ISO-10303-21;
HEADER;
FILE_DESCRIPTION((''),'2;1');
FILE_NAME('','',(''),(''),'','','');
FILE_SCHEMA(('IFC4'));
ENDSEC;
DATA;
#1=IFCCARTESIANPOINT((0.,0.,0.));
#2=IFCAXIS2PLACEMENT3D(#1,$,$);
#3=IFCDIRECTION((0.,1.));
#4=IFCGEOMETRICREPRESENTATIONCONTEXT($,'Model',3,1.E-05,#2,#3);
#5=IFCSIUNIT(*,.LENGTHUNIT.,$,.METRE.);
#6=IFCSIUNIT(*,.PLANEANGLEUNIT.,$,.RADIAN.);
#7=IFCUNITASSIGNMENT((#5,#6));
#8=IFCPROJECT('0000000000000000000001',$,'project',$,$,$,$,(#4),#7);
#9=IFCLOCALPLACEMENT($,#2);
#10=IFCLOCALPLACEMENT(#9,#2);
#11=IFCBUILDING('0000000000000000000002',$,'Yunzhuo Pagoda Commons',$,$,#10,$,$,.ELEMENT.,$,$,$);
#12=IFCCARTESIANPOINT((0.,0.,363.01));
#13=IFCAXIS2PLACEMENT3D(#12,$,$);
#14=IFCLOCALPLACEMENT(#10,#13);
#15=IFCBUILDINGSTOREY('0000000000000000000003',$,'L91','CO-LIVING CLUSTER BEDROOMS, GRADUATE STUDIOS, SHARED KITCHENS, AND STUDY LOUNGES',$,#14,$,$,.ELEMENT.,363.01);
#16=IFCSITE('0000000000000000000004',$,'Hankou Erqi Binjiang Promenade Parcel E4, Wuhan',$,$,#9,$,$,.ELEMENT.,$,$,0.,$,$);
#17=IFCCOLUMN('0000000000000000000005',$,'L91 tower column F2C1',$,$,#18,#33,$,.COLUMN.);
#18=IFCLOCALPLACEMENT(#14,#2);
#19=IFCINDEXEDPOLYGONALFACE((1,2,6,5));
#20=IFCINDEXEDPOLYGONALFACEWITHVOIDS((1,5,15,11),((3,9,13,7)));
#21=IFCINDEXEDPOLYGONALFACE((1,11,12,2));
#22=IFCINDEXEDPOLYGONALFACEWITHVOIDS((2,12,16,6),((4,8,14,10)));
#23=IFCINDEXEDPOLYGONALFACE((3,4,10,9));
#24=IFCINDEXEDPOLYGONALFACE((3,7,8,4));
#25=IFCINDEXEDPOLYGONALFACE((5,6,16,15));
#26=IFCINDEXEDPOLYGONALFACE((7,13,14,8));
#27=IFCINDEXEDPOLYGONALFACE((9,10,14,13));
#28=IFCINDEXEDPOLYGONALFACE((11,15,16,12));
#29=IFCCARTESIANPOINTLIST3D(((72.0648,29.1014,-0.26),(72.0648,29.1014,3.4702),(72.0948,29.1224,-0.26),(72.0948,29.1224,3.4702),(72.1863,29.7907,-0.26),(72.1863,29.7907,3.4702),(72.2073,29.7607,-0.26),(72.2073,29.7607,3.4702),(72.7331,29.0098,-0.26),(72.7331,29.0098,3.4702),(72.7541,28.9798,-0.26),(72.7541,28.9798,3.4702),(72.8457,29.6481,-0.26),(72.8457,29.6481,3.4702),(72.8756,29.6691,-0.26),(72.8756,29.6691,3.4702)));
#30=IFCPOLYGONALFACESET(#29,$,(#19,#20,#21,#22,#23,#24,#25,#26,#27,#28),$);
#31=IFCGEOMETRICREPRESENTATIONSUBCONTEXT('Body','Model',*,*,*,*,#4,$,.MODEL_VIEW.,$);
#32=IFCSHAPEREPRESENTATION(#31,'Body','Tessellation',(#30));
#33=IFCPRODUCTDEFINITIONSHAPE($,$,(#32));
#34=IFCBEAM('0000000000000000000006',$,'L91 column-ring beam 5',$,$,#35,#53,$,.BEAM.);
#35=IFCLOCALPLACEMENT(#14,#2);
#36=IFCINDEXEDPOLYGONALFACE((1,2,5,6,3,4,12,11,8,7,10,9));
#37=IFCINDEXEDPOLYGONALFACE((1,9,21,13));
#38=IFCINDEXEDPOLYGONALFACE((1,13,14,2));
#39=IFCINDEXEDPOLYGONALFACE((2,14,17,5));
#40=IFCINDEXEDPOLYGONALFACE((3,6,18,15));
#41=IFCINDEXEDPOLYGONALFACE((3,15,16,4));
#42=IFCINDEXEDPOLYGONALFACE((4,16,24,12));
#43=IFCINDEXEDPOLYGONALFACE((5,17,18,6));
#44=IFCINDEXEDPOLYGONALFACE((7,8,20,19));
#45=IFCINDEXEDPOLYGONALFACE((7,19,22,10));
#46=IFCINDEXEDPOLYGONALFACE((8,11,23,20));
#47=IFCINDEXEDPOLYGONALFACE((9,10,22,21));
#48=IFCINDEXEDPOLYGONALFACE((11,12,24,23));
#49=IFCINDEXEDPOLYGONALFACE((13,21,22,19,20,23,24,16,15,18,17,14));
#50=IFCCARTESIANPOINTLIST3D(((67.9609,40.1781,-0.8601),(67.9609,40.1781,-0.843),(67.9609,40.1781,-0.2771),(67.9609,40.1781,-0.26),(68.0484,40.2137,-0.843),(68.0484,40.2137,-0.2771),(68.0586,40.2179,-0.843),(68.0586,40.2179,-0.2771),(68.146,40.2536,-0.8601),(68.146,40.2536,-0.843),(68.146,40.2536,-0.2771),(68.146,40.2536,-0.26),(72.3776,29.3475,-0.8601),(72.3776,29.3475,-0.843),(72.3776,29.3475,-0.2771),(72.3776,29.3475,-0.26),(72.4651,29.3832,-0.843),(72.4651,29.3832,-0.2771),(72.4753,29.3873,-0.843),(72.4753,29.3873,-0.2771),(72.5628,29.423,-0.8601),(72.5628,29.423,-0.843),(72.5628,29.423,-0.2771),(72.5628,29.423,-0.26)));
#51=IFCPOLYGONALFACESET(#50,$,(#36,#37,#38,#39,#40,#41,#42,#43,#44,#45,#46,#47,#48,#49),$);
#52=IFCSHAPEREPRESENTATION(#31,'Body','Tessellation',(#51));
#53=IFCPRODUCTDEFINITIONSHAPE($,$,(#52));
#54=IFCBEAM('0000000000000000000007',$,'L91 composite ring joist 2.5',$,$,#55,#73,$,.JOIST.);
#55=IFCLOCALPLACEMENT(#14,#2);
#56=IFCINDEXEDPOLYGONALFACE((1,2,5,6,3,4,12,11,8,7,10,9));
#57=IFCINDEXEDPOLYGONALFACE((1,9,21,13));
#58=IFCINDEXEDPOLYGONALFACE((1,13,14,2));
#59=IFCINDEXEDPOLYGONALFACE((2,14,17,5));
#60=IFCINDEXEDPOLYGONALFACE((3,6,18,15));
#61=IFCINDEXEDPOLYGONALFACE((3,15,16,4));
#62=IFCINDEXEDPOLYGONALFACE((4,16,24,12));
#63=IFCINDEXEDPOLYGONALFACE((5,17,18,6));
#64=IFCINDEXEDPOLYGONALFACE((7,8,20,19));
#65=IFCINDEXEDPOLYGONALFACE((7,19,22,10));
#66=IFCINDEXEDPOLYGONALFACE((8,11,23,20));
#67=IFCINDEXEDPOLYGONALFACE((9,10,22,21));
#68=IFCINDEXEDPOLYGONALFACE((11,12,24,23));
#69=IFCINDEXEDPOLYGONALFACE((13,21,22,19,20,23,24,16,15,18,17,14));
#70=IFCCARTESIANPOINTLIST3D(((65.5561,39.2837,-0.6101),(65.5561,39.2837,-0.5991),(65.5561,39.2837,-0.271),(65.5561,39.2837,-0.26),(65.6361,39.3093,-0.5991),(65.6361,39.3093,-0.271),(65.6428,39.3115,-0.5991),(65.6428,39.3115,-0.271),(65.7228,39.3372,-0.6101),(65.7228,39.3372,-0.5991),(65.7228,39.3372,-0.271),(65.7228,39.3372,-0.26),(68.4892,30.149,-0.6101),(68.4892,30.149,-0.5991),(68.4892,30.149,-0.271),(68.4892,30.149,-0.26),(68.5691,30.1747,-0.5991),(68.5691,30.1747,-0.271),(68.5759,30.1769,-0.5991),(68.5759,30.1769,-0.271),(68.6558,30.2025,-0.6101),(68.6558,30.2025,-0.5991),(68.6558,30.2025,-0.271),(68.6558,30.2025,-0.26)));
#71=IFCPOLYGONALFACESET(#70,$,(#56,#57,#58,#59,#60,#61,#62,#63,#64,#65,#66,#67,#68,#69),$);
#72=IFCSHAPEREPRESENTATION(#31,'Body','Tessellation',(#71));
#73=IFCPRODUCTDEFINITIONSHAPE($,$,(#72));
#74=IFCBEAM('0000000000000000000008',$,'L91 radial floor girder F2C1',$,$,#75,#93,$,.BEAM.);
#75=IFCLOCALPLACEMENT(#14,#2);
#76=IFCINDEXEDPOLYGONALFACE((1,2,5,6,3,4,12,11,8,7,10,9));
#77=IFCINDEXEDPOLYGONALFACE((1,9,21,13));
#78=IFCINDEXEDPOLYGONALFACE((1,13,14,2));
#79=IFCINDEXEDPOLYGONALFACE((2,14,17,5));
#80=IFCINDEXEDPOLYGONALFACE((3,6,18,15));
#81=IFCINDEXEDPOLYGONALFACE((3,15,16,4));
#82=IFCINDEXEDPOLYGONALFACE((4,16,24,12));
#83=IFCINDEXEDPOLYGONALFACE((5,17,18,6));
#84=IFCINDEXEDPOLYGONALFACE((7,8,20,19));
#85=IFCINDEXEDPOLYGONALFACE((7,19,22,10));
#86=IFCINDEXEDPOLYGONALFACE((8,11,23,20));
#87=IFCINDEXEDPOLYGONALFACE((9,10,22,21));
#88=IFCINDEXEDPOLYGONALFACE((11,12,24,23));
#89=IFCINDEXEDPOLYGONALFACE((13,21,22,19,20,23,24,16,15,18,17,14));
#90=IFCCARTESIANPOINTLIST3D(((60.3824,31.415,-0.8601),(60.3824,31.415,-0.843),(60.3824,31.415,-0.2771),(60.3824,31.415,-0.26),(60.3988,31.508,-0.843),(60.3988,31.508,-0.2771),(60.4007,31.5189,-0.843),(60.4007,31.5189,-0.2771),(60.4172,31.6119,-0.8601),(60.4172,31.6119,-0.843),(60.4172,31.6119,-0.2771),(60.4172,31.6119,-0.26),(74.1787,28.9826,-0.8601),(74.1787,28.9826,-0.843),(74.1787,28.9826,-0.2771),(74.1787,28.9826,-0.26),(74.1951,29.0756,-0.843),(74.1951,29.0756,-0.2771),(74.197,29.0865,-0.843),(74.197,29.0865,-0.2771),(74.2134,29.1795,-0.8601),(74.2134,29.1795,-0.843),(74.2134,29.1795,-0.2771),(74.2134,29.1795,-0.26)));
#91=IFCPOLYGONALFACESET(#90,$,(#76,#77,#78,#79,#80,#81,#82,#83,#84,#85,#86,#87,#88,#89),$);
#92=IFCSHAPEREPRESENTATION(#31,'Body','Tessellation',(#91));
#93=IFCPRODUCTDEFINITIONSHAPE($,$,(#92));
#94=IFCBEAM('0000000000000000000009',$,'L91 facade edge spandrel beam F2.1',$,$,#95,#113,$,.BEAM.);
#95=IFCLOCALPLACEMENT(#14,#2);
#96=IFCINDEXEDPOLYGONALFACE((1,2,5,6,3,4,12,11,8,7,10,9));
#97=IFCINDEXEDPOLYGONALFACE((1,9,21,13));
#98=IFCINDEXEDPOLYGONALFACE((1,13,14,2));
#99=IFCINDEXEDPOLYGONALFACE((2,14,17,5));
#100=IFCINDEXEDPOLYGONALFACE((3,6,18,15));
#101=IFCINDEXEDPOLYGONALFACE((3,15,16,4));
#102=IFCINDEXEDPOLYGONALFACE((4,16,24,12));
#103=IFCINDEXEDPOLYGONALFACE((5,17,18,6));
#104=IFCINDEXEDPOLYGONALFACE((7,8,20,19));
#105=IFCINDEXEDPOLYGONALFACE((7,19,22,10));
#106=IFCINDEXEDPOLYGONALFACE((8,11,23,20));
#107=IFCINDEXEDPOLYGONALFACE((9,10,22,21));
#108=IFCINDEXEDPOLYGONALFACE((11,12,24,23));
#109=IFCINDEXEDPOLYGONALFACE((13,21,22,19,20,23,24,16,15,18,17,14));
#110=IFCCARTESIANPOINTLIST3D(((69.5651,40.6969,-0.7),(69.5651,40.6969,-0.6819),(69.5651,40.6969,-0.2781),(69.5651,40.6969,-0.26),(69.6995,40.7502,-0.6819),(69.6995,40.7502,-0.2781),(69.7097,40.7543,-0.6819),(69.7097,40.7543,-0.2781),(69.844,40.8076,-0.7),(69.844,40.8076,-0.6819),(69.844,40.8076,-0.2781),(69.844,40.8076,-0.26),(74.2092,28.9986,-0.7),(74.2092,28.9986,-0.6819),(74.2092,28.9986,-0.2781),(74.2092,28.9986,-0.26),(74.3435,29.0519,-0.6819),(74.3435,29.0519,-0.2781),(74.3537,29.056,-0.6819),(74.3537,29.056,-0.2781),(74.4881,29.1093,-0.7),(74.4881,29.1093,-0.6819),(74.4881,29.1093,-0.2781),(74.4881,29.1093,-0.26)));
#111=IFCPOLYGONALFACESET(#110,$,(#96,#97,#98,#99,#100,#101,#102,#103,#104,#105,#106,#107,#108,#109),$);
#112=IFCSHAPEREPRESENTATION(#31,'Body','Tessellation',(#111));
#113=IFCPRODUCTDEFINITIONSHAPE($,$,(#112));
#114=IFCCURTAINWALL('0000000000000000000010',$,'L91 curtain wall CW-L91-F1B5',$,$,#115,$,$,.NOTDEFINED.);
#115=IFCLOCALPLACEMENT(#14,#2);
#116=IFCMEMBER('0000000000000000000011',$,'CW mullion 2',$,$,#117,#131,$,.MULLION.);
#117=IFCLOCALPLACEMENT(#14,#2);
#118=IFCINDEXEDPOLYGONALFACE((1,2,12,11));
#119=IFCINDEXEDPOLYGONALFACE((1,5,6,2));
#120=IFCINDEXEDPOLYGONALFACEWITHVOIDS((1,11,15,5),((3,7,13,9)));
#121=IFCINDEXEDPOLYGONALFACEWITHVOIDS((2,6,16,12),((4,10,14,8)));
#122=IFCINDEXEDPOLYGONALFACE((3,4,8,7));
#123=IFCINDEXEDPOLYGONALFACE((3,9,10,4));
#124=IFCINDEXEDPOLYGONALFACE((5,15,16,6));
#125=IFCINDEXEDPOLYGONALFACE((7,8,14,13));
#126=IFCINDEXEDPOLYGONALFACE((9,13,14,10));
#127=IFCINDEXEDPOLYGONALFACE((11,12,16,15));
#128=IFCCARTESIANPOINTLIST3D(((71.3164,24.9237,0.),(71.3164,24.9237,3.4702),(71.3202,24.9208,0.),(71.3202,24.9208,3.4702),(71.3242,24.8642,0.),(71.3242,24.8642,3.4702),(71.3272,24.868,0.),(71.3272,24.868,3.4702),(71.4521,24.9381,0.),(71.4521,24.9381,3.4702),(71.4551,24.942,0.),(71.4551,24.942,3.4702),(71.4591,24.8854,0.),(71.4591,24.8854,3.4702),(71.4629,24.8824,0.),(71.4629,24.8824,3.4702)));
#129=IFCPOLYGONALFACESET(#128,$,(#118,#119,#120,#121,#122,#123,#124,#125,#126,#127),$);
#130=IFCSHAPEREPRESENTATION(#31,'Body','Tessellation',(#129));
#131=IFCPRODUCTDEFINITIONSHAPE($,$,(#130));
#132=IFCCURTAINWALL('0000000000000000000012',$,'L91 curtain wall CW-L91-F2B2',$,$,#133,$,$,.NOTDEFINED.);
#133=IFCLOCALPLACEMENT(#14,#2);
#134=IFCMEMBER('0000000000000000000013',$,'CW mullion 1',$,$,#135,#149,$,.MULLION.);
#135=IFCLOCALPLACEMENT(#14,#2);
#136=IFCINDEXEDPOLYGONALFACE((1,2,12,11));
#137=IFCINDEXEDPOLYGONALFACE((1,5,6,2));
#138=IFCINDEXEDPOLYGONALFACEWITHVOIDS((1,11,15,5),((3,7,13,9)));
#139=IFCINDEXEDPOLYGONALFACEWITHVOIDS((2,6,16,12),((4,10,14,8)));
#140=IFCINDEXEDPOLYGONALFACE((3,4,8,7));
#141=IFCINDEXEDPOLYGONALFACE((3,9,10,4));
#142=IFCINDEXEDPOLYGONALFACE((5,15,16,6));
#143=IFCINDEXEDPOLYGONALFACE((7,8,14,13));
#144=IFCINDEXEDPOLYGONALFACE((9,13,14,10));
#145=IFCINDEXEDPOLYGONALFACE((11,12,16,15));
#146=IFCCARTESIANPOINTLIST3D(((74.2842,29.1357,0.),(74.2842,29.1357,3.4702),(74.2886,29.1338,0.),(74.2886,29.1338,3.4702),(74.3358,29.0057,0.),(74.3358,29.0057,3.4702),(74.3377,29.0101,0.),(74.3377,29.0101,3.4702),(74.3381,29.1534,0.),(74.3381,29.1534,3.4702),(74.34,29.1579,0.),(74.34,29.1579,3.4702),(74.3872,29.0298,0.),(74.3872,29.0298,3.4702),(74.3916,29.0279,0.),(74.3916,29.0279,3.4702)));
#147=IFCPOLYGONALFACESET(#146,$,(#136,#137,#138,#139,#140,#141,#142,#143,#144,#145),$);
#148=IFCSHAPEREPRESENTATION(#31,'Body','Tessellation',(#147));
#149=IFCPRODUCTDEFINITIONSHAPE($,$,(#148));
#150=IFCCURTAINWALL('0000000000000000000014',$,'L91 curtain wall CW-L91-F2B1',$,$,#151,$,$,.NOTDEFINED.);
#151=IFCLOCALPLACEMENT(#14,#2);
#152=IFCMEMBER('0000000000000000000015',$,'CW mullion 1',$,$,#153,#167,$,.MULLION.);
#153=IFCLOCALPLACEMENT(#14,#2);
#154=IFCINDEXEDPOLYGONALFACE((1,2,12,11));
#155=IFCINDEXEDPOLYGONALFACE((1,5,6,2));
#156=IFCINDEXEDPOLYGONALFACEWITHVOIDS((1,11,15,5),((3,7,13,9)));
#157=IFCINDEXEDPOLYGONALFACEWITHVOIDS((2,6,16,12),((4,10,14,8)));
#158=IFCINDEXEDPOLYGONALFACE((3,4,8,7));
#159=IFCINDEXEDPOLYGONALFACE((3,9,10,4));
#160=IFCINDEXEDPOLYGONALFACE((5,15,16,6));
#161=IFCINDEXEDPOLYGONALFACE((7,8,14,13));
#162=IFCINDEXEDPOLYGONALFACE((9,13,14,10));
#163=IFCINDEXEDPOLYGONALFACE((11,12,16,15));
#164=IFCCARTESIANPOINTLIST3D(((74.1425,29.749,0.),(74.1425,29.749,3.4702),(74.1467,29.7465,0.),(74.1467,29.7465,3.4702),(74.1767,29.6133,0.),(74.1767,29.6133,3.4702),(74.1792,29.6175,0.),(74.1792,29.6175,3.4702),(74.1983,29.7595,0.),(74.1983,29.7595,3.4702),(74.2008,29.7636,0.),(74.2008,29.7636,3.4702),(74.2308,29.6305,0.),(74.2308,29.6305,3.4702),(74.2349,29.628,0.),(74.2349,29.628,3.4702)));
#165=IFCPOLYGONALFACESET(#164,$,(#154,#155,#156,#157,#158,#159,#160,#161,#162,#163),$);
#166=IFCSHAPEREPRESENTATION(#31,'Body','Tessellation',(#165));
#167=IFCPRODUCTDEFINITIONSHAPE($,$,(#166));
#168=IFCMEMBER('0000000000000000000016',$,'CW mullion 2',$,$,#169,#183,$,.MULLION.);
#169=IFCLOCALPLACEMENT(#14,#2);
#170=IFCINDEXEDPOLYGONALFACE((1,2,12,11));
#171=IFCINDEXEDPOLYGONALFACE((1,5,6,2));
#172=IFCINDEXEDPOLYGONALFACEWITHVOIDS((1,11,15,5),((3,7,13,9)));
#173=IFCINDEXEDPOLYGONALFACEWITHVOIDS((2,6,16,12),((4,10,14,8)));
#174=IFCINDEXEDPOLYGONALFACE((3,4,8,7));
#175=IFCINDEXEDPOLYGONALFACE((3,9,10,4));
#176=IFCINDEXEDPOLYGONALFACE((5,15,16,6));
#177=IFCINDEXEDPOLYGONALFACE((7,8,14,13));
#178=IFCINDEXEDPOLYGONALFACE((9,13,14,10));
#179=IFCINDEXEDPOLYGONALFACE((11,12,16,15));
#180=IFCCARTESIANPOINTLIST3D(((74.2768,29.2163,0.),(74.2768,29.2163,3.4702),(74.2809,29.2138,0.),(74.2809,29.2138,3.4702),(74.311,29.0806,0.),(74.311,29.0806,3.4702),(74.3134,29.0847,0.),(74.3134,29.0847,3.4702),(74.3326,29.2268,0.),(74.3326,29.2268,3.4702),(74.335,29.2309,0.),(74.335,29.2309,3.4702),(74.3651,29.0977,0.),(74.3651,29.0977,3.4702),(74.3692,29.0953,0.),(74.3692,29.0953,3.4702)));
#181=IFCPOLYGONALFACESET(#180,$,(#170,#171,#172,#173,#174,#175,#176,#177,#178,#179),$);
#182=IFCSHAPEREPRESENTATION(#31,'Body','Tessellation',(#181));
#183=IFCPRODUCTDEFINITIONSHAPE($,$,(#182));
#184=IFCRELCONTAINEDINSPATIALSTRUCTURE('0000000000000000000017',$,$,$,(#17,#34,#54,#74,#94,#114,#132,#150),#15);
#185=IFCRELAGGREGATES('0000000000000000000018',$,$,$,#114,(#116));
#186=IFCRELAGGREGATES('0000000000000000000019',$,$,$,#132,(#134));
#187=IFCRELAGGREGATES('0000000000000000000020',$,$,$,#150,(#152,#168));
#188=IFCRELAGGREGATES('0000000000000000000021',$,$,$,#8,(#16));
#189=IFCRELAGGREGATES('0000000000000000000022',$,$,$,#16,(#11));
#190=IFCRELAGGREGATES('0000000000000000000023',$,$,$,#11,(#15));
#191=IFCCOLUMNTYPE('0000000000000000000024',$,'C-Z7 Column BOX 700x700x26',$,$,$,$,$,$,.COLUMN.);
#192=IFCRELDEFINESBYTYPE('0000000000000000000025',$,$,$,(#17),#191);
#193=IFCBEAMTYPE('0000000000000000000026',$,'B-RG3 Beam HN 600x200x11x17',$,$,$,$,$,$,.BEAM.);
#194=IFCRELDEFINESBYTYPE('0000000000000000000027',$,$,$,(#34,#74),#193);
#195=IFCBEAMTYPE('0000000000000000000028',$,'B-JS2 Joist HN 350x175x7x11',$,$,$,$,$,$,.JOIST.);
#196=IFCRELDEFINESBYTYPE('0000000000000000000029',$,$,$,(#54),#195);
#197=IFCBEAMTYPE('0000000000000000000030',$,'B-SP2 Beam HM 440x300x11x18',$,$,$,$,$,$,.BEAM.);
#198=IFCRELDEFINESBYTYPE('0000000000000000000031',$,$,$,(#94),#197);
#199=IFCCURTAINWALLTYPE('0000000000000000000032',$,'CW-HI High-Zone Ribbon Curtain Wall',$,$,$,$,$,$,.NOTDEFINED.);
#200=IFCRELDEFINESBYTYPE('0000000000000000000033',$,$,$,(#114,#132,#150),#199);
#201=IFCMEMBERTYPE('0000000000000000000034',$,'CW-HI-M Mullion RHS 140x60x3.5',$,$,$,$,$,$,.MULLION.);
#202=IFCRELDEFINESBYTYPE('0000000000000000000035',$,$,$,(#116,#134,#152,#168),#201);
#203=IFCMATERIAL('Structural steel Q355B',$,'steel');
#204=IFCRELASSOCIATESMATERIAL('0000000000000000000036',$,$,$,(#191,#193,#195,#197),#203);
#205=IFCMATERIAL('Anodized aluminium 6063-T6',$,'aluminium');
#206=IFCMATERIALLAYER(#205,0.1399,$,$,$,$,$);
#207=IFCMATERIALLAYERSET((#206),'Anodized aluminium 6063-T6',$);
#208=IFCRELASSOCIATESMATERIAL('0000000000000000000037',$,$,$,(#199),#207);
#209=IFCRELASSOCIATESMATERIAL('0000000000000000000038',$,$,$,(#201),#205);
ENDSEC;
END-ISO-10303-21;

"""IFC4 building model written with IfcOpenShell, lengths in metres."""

from ifc_helpers import new_model, si_unit, direction, frame, origin, origin_2d, place, context, subcontext, project, spatial, hollow_rectangle, i_section, extrude, source, transform, mapped, material, layer, layer_set, material_profile, profile_set, type_object, element, aggregate, save


model = new_model("IFC4")

# Units and contexts
model_context = context("Model", 3, precision=1e-05, world=origin(), true_north=direction((0.0, 1.0)))
body_context = subcontext(model_context, "Body", "Model", "MODEL_VIEW")
ifc_project = project(units=[si_unit("LENGTHUNIT", "METRE"), si_unit("PLANEANGLEUNIT", "RADIAN")], contexts=[model_context])

# Site, building, storey
site_placement = place(None, origin())
site = spatial("IfcSite", under=ifc_project, at=site_placement, Name="Hankou Erqi Binjiang Promenade Parcel E4, Wuhan", CompositionType="ELEMENT", RefElevation=0.0)
building_placement = place(site_placement, origin())
building = spatial("IfcBuilding", under=site, at=building_placement, Name="Yunzhuo Pagoda Commons", CompositionType="ELEMENT")
storey_placement = place(building_placement, frame((0.0, 0.0, 363.01)))
storey = spatial("IfcBuildingStorey", under=building, at=storey_placement, Name="L91", Description="CO-LIVING CLUSTER BEDROOMS, GRADUATE STUDIOS, SHARED KITCHENS, AND STUDY LOUNGES", CompositionType="ELEMENT", Elevation=363.01)

# Column
ifc_material_1 = material(Name="Structural steel Q355B", Category="steel")
ifc_material_profile_1 = material_profile(ifc_material_1, hollow_rectangle(XDim=0.7, YDim=0.7, WallThickness=0.0259, at=origin_2d()), Name="Structural steel Q355B")
ifc_profile_set_1 = profile_set([ifc_material_profile_1], Name="Structural steel Q355B")
column_type = type_object("IfcColumnType", Name="C-Z7 Column BOX 700x700x26", PredefinedType="COLUMN", material=ifc_profile_set_1)
shared_shape_1 = source(origin(), body_context, "Body", "SweptSolid", [
    extrude(hollow_rectangle(XDim=0.7, YDim=0.7, WallThickness=0.0259, at=origin_2d()), origin(), (0.0, 0.0, 1.0), 3.7302),
])
column_placement = place(storey_placement, frame((72.4702, 29.3853, -0.26), z_axis=(0.0, 0.0, 1.0), x_axis=(0.173648, 0.984808, 0.0)))
element("IfcColumn", 1, at=column_placement, inside=storey, type_object=column_type, Name="L91 tower column F2C1", PredefinedType="COLUMN", context=body_context, shape_type="MappedRepresentation", body=[
    mapped(shared_shape_1, transform((0.0, 0.0, 0.0), scale=1.0)),
])

# Beams
ifc_material_profile_2 = material_profile(ifc_material_1, i_section(OverallWidth=0.2, OverallDepth=0.6001, WebThickness=0.011, FlangeThickness=0.0171, at=origin_2d()), Name="Structural steel Q355B")
ifc_profile_set_2 = profile_set([ifc_material_profile_2], Name="Structural steel Q355B")
beam_type_1 = type_object("IfcBeamType", Name="B-RG3 Beam HN 600x200x11x17", PredefinedType="BEAM", material=ifc_profile_set_2)
shared_shape_2 = source(origin(), body_context, "Body", "SweptSolid", [
    extrude(i_section(OverallWidth=0.2, OverallDepth=0.6001, WebThickness=0.011, FlangeThickness=0.0171, at=origin_2d()), origin(), (0.0, 0.0, 1.0), 11.6965),
])
beam_1_placement = place(storey_placement, frame((72.4702, 29.3853, -0.5601), z_axis=(-0.377612, 0.925964, 0.0), x_axis=(-0.925964, -0.377612, 0.0)))
element("IfcBeam", 2, at=beam_1_placement, inside=storey, type_object=beam_type_1, Name="L91 column-ring beam 5", PredefinedType="BEAM", context=body_context, shape_type="MappedRepresentation", body=[
    mapped(shared_shape_2, transform((0.0, 0.0, 0.0), scale=1.0)),
])
ifc_material_profile_3 = material_profile(ifc_material_1, i_section(OverallWidth=0.175, OverallDepth=0.3501, WebThickness=0.0071, FlangeThickness=0.011, at=origin_2d()), Name="Structural steel Q355B")
ifc_profile_set_3 = profile_set([ifc_material_profile_3], Name="Structural steel Q355B")
beam_type_2 = type_object("IfcBeamType", Name="B-JS2 Joist HN 350x175x7x11", PredefinedType="JOIST", material=ifc_profile_set_3)
shared_shape_3 = source(origin(), body_context, "Body", "SweptSolid", [
    extrude(i_section(OverallWidth=0.175, OverallDepth=0.3501, WebThickness=0.0071, FlangeThickness=0.011, at=origin_2d()), origin(), (0.0, 0.0, 1.0), 9.594),
])
beam_2_placement = place(storey_placement, frame((68.5725, 30.1758, -0.4351), z_axis=(-0.305719, 0.952122, 0.0), x_axis=(-0.952122, -0.305719, 0.0)))
element("IfcBeam", 3, at=beam_2_placement, inside=storey, type_object=beam_type_2, Name="L91 composite ring joist 2.5", PredefinedType="JOIST", context=body_context, shape_type="MappedRepresentation", body=[
    mapped(shared_shape_3, transform((0.0, 0.0, 0.0), scale=1.0)),
])
shared_shape_4 = source(origin(), body_context, "Body", "SweptSolid", [
    extrude(i_section(OverallWidth=0.2, OverallDepth=0.6001, WebThickness=0.011, FlangeThickness=0.0171, at=origin_2d()), origin(), (0.0, 0.0, 1.0), 14.009),
])
beam_3_placement = place(storey_placement, frame((74.196, 29.0811, -0.5601), z_axis=(-0.984811, 0.17363, 0.0), x_axis=(-0.17363, -0.984811, 0.0)))
element("IfcBeam", 4, at=beam_3_placement, inside=storey, type_object=beam_type_1, Name="L91 radial floor girder F2C1", PredefinedType="BEAM", context=body_context, shape_type="MappedRepresentation", body=[
    mapped(shared_shape_4, transform((0.0, 0.0, 0.0), scale=1.0)),
])
ifc_material_profile_4 = material_profile(ifc_material_1, i_section(OverallWidth=0.3, OverallDepth=0.4399, WebThickness=0.011, FlangeThickness=0.0181, at=origin_2d()), Name="Structural steel Q355B")
ifc_profile_set_4 = profile_set([ifc_material_profile_4], Name="Structural steel Q355B")
beam_type_3 = type_object("IfcBeamType", Name="B-SP2 Beam HM 440x300x11x18", PredefinedType="BEAM", material=ifc_profile_set_4)
shared_shape_5 = source(origin(), body_context, "Body", "SweptSolid", [
    extrude(i_section(OverallWidth=0.3, OverallDepth=0.4399, WebThickness=0.011, FlangeThickness=0.0181, at=origin_2d()), origin(), (0.0, 0.0, 1.0), 12.5864),
])
beam_4_placement = place(storey_placement, frame((74.3486, 29.054, -0.48), z_axis=(-0.368975, 0.929439, 0.0), x_axis=(-0.929439, -0.368975, 0.0)))
element("IfcBeam", 5, at=beam_4_placement, inside=storey, type_object=beam_type_3, Name="L91 facade edge spandrel beam F2.1", PredefinedType="BEAM", context=body_context, shape_type="MappedRepresentation", body=[
    mapped(shared_shape_5, transform((0.0, 0.0, 0.0), scale=1.0)),
])

# Curtain walls, members
ifc_material_2 = material(Name="Anodized aluminium 6063-T6", Category="aluminium")
ifc_layer_1 = layer(ifc_material_2, 0.1399)
ifc_layer_set_1 = layer_set([ifc_layer_1], Name="Anodized aluminium 6063-T6")
curtain_wall_type_1 = type_object("IfcCurtainWallType", Name="CW-HI High-Zone Ribbon Curtain Wall", PredefinedType="NOTDEFINED", material=ifc_layer_set_1)
curtain_wall_1_placement = place(storey_placement, origin())
curtain_wall_1 = element("IfcCurtainWall", 6, at=curtain_wall_1_placement, inside=storey, type_object=curtain_wall_type_1, Name="L91 curtain wall CW-L91-F1B5", PredefinedType="NOTDEFINED")
ifc_material_profile_5 = material_profile(ifc_material_2, hollow_rectangle(XDim=0.0601, YDim=0.1399, WallThickness=0.0034, at=origin_2d()), Name="Anodized aluminium 6063-T6")
ifc_profile_set_5 = profile_set([ifc_material_profile_5], Name="Anodized aluminium 6063-T6")
member_type_1 = type_object("IfcMemberType", Name="CW-HI-M Mullion RHS 140x60x3.5", PredefinedType="MULLION", material=ifc_profile_set_5)
shared_shape_6 = source(origin(), body_context, "Body", "SweptSolid", [
    extrude(hollow_rectangle(XDim=0.0601, YDim=0.1399, WallThickness=0.0034, at=origin_2d()), origin(), (0.0, 0.0, 1.0), 3.4702),
])
member_1_placement = place(storey_placement, frame((71.3896, 24.9031, 0.0), z_axis=(0.0, 0.0, 1.0), x_axis=(-0.130506, 0.991448, 0.0)))
member_1 = element("IfcMember", 7, at=member_1_placement, type_object=member_type_1, Name="CW mullion 2", PredefinedType="MULLION", context=body_context, shape_type="MappedRepresentation", body=[
    mapped(shared_shape_6, transform((0.0, 0.0, 0.0), scale=1.0)),
])
aggregate(curtain_wall_1, [member_1])
curtain_wall_2_placement = place(storey_placement, origin())
curtain_wall_2 = element("IfcCurtainWall", 8, at=curtain_wall_2_placement, inside=storey, type_object=curtain_wall_type_1, Name="L91 curtain wall CW-L91-F2B2", PredefinedType="NOTDEFINED")
member_2_placement = place(storey_placement, frame((74.3379, 29.0818, 0.0), z_axis=(0.0, 0.0, 1.0), x_axis=(-0.929441, -0.36897, 0.0)))
member_2 = element("IfcMember", 9, at=member_2_placement, type_object=member_type_1, Name="CW mullion 1", PredefinedType="MULLION", context=body_context, shape_type="MappedRepresentation", body=[
    mapped(shared_shape_6, transform((0.0, 0.0, 0.0), scale=1.0)),
])

# Curtain wall, members
curtain_wall_3_placement = place(storey_placement, origin())
curtain_wall_3 = element("IfcCurtainWall", 10, at=curtain_wall_3_placement, inside=storey, type_object=curtain_wall_type_1, Name="L91 curtain wall CW-L91-F2B1", PredefinedType="NOTDEFINED")
member_3_placement = place(storey_placement, frame((74.1887, 29.6885, 0.0), z_axis=(0.0, 0.0, 1.0), x_axis=(0.969716, 0.244235, 0.0)))
member_3 = element("IfcMember", 11, at=member_3_placement, type_object=member_type_1, Name="CW mullion 1", PredefinedType="MULLION", context=body_context, shape_type="MappedRepresentation", body=[
    mapped(shared_shape_6, transform((0.0, 0.0, 0.0), scale=1.0)),
])
member_4_placement = place(storey_placement, frame((74.323, 29.1558, 0.0), z_axis=(0.0, 0.0, 1.0), x_axis=(0.969716, 0.244235, 0.0)))
member_4 = element("IfcMember", 12, at=member_4_placement, type_object=member_type_1, Name="CW mullion 2", PredefinedType="MULLION", context=body_context, shape_type="MappedRepresentation", body=[
    mapped(shared_shape_6, transform((0.0, 0.0, 0.0), scale=1.0)),
])

aggregate(curtain_wall_2, [member_2])

aggregate(curtain_wall_3, [member_3, member_4])

save(model, "model.ifc")
